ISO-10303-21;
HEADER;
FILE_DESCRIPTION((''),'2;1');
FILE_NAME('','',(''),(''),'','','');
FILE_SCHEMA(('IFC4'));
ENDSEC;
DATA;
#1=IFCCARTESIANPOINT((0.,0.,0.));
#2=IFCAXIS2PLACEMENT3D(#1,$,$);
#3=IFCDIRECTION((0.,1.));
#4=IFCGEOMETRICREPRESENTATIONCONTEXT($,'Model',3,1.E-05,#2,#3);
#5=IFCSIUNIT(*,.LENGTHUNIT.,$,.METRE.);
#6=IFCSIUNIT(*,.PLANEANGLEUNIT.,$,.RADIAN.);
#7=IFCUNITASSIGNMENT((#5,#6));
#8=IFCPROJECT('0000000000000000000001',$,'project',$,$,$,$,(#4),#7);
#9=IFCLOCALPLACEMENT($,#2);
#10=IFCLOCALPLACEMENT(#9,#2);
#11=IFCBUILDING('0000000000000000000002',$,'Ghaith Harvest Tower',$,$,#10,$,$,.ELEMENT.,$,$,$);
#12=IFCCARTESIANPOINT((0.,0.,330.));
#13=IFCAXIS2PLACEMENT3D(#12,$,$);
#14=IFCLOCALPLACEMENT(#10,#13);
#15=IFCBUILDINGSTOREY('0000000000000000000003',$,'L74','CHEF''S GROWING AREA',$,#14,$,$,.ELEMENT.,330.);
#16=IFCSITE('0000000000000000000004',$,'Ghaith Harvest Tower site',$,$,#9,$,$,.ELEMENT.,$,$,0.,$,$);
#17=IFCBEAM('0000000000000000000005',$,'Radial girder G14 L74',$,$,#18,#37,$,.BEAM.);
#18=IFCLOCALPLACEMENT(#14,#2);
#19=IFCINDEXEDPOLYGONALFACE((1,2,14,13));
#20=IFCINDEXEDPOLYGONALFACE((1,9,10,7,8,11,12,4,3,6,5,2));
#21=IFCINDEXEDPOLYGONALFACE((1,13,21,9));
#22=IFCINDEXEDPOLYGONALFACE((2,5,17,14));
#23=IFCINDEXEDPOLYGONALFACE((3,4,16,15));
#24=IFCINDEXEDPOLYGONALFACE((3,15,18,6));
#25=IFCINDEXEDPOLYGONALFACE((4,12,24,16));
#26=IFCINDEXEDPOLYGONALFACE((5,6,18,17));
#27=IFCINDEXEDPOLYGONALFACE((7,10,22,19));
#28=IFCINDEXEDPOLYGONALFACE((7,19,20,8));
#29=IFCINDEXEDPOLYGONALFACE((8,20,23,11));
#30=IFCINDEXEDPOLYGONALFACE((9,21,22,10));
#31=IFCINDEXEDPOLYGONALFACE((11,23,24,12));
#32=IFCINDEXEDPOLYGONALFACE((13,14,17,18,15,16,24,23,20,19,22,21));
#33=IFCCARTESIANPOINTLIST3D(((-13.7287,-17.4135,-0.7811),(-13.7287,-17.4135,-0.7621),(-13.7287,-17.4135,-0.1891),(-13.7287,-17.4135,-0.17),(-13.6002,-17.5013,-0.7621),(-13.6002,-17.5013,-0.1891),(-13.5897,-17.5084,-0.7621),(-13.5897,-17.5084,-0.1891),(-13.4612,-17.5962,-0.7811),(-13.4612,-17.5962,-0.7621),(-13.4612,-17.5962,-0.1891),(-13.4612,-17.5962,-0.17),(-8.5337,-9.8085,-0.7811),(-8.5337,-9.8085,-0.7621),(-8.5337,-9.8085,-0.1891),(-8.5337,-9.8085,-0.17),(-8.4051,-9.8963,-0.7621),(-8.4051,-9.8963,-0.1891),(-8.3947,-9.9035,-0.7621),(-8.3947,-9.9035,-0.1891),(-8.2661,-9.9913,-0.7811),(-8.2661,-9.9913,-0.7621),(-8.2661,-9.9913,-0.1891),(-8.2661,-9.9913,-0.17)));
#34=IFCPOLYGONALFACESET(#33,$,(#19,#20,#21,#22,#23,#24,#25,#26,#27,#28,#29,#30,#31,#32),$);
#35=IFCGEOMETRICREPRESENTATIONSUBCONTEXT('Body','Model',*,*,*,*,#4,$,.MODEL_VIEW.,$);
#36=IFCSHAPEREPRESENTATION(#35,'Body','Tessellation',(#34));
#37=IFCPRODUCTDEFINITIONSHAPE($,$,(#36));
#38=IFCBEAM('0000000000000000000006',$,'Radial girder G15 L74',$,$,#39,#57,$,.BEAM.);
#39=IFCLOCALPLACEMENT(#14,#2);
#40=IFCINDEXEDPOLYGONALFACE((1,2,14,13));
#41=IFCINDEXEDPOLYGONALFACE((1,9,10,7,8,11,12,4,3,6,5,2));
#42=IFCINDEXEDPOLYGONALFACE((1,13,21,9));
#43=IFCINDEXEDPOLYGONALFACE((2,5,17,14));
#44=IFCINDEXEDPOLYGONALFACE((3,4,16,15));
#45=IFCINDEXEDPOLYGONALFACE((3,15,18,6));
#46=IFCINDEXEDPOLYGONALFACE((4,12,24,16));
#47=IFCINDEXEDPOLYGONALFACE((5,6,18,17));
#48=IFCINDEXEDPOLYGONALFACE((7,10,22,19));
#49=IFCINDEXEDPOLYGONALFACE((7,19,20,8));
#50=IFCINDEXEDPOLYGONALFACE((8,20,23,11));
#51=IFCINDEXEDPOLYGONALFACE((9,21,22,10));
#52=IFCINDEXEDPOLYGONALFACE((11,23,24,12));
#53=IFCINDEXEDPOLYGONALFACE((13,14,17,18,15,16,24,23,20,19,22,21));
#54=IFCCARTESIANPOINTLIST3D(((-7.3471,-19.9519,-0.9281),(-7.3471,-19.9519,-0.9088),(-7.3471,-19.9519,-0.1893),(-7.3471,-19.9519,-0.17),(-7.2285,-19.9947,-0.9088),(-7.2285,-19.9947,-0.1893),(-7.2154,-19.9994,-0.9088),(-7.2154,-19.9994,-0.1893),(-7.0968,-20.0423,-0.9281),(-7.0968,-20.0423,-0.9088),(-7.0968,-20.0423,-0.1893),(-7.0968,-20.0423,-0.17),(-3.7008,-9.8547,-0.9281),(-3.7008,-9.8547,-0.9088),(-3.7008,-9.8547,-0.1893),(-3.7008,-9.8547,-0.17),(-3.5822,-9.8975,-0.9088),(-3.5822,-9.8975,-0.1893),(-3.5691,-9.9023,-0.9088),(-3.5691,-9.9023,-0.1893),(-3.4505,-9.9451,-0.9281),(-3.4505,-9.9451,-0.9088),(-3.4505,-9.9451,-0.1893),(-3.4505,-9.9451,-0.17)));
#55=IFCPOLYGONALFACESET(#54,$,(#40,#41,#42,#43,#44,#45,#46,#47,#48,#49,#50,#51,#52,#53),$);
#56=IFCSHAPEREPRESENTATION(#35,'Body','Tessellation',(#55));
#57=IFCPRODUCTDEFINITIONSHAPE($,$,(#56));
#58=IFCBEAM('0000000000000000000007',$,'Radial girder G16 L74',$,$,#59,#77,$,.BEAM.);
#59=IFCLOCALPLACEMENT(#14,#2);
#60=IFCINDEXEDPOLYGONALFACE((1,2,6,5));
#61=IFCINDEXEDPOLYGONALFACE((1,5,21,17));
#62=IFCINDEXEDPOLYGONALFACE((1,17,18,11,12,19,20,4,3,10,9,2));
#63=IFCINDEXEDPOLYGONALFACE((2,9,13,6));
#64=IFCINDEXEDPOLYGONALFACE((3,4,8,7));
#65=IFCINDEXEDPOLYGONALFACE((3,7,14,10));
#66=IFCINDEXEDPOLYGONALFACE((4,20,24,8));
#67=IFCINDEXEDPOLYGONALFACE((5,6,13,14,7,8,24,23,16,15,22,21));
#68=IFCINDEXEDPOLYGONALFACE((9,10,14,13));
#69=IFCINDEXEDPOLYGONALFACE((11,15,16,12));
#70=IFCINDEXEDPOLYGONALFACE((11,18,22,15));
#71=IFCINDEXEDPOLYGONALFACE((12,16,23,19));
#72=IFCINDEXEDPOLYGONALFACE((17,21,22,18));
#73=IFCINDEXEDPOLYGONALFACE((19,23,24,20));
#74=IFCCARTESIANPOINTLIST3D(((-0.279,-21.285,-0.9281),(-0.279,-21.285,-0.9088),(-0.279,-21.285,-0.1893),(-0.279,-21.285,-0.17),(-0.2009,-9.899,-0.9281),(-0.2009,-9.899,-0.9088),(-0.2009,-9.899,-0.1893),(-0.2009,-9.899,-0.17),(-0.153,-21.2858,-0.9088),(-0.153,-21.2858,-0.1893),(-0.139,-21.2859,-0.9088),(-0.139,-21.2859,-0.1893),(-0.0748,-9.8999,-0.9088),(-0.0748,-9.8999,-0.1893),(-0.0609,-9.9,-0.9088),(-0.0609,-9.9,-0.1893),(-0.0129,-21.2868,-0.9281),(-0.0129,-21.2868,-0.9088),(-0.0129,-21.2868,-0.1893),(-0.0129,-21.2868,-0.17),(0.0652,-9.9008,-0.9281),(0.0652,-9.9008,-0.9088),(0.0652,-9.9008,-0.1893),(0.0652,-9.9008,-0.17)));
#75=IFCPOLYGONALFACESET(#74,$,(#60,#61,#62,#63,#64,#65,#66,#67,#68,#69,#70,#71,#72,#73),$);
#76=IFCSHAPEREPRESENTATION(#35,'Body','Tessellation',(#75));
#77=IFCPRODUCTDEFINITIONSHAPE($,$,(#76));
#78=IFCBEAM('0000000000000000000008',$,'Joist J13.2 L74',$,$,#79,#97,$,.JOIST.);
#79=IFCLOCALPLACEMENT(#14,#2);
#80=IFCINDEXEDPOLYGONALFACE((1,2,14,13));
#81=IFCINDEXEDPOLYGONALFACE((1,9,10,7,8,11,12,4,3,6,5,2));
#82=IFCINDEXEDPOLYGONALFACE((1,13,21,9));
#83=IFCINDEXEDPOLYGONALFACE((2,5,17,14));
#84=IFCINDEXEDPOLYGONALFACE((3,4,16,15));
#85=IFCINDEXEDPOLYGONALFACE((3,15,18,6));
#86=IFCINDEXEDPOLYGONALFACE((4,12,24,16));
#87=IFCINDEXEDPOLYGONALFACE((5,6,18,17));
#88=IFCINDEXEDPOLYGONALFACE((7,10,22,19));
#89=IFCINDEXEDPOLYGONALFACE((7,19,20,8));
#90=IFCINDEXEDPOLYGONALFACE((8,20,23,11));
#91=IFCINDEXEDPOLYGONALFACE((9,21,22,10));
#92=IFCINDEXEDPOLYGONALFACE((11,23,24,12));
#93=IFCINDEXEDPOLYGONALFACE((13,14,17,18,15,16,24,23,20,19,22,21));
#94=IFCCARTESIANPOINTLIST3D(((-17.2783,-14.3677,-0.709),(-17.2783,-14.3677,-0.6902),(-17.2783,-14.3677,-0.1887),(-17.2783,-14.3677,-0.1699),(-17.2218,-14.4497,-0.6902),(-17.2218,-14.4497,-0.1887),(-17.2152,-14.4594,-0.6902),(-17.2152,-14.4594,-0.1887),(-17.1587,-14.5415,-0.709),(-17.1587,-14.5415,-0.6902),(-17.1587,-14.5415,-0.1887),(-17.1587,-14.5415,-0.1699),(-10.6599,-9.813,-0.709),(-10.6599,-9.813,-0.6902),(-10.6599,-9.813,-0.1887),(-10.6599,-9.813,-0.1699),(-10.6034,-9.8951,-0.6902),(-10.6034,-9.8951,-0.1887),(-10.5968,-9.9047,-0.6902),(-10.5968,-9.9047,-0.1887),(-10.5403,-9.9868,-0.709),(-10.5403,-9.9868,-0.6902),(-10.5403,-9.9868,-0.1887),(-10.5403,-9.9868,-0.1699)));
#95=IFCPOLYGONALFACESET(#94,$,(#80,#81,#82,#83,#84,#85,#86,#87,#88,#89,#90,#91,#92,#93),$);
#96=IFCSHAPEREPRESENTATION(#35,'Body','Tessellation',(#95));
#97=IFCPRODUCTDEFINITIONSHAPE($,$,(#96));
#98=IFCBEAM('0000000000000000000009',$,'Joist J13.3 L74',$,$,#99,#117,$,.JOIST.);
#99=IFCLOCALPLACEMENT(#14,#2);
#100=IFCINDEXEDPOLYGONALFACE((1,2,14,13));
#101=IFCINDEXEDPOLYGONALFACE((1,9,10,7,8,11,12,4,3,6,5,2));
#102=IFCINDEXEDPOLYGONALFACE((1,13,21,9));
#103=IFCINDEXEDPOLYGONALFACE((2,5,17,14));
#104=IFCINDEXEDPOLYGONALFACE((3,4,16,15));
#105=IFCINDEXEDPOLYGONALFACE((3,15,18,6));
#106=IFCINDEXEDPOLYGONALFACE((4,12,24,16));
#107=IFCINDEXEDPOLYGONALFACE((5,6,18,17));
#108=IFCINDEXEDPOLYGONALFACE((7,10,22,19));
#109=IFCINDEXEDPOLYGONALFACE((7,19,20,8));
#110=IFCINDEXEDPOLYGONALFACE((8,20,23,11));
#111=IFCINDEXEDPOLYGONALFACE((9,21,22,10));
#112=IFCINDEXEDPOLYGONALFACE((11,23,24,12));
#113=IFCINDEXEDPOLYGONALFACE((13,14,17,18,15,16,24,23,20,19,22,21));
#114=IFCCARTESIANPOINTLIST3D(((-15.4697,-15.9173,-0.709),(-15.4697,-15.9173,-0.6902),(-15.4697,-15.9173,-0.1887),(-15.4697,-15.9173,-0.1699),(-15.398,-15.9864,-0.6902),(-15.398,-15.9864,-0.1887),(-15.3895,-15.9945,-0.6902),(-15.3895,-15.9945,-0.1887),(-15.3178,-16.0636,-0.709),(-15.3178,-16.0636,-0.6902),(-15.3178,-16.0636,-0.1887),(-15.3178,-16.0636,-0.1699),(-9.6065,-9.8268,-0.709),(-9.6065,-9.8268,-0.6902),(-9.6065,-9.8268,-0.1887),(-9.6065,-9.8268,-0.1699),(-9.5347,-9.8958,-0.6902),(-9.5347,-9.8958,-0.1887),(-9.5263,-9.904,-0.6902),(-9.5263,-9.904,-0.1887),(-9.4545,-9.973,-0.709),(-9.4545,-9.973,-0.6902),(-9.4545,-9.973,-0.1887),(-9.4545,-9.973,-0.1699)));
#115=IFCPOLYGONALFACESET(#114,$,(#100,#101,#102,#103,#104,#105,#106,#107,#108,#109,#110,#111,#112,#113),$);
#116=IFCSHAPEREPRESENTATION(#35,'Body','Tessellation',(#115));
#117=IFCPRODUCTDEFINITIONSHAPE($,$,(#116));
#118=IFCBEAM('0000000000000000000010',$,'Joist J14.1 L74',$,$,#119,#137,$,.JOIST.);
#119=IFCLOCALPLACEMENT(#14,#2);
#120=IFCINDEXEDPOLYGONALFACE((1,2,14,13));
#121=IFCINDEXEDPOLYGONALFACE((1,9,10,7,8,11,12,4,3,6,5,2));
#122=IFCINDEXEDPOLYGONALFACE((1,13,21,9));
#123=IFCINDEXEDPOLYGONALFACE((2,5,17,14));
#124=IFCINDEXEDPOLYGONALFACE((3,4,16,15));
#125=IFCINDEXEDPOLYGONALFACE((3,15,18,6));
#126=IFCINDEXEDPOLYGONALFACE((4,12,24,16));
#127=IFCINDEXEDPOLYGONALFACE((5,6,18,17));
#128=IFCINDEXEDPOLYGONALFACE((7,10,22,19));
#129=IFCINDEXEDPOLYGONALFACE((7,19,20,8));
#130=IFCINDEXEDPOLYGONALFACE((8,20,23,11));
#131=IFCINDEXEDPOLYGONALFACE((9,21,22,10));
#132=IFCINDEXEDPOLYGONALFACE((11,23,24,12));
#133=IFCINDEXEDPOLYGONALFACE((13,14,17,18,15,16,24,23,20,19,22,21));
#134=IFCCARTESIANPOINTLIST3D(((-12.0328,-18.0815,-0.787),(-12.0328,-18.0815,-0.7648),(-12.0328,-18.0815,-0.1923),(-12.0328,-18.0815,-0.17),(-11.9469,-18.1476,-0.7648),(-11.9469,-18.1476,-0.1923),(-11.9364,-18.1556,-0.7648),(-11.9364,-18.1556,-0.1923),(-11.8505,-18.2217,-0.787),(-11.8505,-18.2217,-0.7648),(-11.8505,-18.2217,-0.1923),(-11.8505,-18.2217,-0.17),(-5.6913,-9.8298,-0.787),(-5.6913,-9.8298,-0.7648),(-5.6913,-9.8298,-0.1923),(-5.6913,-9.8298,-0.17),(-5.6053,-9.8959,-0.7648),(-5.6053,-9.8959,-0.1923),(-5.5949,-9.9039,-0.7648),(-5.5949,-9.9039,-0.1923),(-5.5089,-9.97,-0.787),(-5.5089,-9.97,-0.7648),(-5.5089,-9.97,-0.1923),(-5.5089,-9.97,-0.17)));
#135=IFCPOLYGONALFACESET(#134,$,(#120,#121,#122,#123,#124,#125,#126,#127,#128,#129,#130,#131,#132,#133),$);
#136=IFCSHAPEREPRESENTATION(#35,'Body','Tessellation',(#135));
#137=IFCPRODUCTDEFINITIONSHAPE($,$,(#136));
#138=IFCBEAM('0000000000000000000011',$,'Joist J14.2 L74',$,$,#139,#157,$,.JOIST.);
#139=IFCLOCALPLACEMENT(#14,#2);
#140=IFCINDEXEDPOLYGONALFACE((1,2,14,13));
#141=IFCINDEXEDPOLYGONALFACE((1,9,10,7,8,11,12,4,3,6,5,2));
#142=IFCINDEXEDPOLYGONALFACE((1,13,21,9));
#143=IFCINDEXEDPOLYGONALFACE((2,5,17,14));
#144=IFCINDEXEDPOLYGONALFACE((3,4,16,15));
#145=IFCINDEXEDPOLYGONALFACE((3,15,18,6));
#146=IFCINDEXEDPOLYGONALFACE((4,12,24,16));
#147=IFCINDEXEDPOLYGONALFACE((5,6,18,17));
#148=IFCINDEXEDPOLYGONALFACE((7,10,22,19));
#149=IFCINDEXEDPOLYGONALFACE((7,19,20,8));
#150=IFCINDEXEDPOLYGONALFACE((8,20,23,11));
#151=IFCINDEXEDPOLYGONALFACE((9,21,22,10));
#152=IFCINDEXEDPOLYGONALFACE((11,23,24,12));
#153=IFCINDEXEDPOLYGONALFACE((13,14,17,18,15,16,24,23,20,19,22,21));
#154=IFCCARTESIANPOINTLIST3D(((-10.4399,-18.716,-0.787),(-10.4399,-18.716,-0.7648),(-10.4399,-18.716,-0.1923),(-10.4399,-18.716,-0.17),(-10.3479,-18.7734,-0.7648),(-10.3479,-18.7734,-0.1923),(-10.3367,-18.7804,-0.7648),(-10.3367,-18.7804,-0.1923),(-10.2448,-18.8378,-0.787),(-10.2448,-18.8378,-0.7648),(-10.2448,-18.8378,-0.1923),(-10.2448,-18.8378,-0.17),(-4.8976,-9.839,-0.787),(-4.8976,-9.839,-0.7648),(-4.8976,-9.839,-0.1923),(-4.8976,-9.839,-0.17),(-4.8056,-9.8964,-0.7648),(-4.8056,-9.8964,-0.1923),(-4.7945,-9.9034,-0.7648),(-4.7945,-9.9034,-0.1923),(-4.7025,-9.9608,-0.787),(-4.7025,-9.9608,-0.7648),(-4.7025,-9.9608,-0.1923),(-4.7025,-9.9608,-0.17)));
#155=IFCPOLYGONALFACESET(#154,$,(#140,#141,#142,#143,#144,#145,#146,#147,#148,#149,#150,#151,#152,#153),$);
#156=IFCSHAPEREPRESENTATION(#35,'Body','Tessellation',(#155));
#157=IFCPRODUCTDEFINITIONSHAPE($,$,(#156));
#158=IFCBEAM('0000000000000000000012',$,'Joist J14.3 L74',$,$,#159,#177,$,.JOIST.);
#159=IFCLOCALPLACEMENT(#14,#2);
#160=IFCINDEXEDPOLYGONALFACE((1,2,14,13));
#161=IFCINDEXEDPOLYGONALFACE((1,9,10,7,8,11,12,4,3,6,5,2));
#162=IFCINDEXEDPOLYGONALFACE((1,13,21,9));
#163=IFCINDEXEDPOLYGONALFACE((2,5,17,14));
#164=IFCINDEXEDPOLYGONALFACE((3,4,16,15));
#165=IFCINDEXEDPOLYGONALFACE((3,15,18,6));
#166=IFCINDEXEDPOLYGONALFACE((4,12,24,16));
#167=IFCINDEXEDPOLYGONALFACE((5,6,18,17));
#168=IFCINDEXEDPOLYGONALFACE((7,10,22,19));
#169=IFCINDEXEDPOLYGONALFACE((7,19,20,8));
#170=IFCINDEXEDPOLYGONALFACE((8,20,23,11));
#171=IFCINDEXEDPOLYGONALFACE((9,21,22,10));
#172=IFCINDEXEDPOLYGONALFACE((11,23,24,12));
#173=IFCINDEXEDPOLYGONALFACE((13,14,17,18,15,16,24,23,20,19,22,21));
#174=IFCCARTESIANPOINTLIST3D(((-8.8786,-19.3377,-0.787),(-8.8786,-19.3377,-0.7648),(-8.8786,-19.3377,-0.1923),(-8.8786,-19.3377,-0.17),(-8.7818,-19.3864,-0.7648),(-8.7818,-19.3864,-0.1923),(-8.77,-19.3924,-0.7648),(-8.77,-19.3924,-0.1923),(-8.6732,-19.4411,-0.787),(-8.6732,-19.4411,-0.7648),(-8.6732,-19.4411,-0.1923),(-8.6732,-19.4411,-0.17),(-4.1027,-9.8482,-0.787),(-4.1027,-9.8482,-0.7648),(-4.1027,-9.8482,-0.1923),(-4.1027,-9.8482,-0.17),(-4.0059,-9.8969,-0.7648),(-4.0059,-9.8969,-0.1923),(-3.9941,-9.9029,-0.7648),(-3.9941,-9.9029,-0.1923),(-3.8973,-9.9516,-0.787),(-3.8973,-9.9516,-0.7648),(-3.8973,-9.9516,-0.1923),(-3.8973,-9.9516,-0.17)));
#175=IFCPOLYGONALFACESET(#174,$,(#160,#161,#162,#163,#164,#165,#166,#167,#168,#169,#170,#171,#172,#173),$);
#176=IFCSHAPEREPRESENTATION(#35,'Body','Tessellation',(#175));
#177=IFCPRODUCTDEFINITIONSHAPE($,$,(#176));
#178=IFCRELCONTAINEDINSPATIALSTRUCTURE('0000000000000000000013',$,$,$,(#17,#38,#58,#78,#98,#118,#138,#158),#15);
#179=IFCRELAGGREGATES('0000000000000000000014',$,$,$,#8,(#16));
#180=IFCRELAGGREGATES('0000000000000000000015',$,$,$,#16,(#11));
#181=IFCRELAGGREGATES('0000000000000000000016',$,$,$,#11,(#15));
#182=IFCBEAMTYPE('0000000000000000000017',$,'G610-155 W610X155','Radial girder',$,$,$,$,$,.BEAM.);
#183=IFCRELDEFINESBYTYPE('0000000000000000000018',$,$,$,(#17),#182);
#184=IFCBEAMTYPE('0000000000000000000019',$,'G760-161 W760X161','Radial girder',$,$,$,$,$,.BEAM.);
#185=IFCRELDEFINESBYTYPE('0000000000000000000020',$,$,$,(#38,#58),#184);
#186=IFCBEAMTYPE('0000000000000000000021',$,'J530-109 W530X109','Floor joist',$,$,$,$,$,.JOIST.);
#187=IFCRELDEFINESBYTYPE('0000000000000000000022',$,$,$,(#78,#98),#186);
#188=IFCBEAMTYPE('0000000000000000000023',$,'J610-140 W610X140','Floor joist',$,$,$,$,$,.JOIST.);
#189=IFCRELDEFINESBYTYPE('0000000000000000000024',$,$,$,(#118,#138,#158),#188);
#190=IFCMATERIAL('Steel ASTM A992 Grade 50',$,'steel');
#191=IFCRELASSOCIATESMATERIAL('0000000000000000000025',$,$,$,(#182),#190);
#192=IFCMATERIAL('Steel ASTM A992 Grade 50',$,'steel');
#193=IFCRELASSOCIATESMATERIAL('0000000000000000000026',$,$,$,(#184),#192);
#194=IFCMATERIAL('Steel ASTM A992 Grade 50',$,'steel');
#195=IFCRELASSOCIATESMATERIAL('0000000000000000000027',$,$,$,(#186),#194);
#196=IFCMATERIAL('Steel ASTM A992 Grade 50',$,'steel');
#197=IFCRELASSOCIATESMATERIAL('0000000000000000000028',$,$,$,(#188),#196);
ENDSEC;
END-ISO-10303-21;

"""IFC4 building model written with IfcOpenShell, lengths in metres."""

from ifc_helpers import new_model, si_unit, direction, frame, origin, origin_2d, place, context, subcontext, project, spatial, i_section, extrude, material, material_profile, profile_set, type_object, element, save


model = new_model("IFC4")

# Units and contexts
model_context = context("Model", 3, precision=1e-05, world=origin(), true_north=direction((0.0, 1.0)))
body_context = subcontext(model_context, "Body", "Model", "MODEL_VIEW")
ifc_project = project(units=[si_unit("LENGTHUNIT", "METRE"), si_unit("PLANEANGLEUNIT", "RADIAN")], contexts=[model_context])

# Site, building, storey
site_placement = place(None, origin())
site = spatial("IfcSite", under=ifc_project, at=site_placement, Name="Ghaith Harvest Tower site", CompositionType="ELEMENT", RefElevation=0.0)
building_placement = place(site_placement, origin())
building = spatial("IfcBuilding", under=site, at=building_placement, Name="Ghaith Harvest Tower", CompositionType="ELEMENT")
storey_placement = place(building_placement, frame((0.0, 0.0, 330.0)))
storey = spatial("IfcBuildingStorey", under=building, at=storey_placement, Name="L74", Description="CHEF'S GROWING AREA", CompositionType="ELEMENT", Elevation=330.0)

# Beams
ifc_material_1 = material(Name="Steel ASTM A992 Grade 50", Category="steel")
ifc_material_profile_1 = material_profile(ifc_material_1, i_section(OverallWidth=0.324, OverallDepth=0.6111, WebThickness=0.0127, FlangeThickness=0.019, at=origin_2d()), Name="W610X155")
ifc_profile_set_1 = profile_set([ifc_material_profile_1], Name="Steel ASTM A992 Grade 50")
beam_type_1 = type_object("IfcBeamType", Name="G610-155 W610X155", Description="Radial girder", PredefinedType="BEAM", material=ifc_profile_set_1)
beam_1_placement = place(storey_placement, frame((-8.3999, -9.8999, -0.4756), z_axis=(-0.564067, -0.825729, 0.0), x_axis=(0.825729, -0.564067, 0.0)))
element("IfcBeam", 1, at=beam_1_placement, inside=storey, type_object=beam_type_1, Name="Radial girder G14 L74", PredefinedType="BEAM", context=body_context, shape_type="SweptSolid", body=[
    extrude(i_section(OverallWidth=0.324, OverallDepth=0.6111, WebThickness=0.0127, FlangeThickness=0.019, at=origin_2d()), origin(), (0.0, 0.0, 1.0), 9.21),
])
ifc_material_2 = material(Name="Steel ASTM A992 Grade 50", Category="steel")
ifc_material_profile_2 = material_profile(ifc_material_2, i_section(OverallWidth=0.2661, OverallDepth=0.7581, WebThickness=0.0139, FlangeThickness=0.0193, at=origin_2d()), Name="W760X161")
ifc_profile_set_2 = profile_set([ifc_material_profile_2], Name="Steel ASTM A992 Grade 50")
beam_type_2 = type_object("IfcBeamType", Name="G760-161 W760X161", Description="Radial girder", PredefinedType="BEAM", material=ifc_profile_set_2)
beam_2_placement = place(storey_placement, frame((-3.5757, -9.8999, -0.5491), z_axis=(-0.339648, -0.940553, 0.0), x_axis=(0.940553, -0.339648, 0.0)))
element("IfcBeam", 2, at=beam_2_placement, inside=storey, type_object=beam_type_2, Name="Radial girder G15 L74", PredefinedType="BEAM", context=body_context, shape_type="SweptSolid", body=[
    extrude(i_section(OverallWidth=0.2661, OverallDepth=0.7581, WebThickness=0.0139, FlangeThickness=0.0193, at=origin_2d()), origin(), (0.0, 0.0, 1.0), 10.7354),
])
beam_3_placement = place(storey_placement, frame((-0.0679, -9.8999, -0.5491), z_axis=(-0.006861, -0.999976, 0.0), x_axis=(0.999976, -0.006861, 0.0)))
element("IfcBeam", 3, at=beam_3_placement, inside=storey, type_object=beam_type_2, Name="Radial girder G16 L74", PredefinedType="BEAM", context=body_context, shape_type="SweptSolid", body=[
    extrude(i_section(OverallWidth=0.2661, OverallDepth=0.7581, WebThickness=0.0139, FlangeThickness=0.0193, at=origin_2d()), origin(), (0.0, 0.0, 1.0), 11.3862),
])
ifc_material_3 = material(Name="Steel ASTM A992 Grade 50", Category="steel")
ifc_material_profile_3 = material_profile(ifc_material_3, i_section(OverallWidth=0.2109, OverallDepth=0.5391, WebThickness=0.0117, FlangeThickness=0.0188, at=origin_2d()), Name="W530X109")
ifc_profile_set_3 = profile_set([ifc_material_profile_3], Name="Steel ASTM A992 Grade 50")
beam_type_3 = type_object("IfcBeamType", Name="J530-109 W530X109", Description="Floor joist", PredefinedType="JOIST", material=ifc_profile_set_3)
beam_4_placement = place(storey_placement, frame((-10.6001, -9.8999, -0.4395), z_axis=(-0.823779, -0.566912, 0.0), x_axis=(0.566912, -0.823779, 0.0)))
element("IfcBeam", 4, at=beam_4_placement, inside=storey, type_object=beam_type_3, Name="Joist J13.2 L74", PredefinedType="JOIST", context=body_context, shape_type="SweptSolid", body=[
    extrude(i_section(OverallWidth=0.2109, OverallDepth=0.5391, WebThickness=0.0117, FlangeThickness=0.0188, at=origin_2d()), origin(), (0.0, 0.0, 1.0), 8.0342),
])
beam_5_placement = place(storey_placement, frame((-9.5305, -9.8999, -0.4395), z_axis=(-0.693536, -0.720422, 0.0), x_axis=(0.720422, -0.693536, 0.0)))
element("IfcBeam", 5, at=beam_5_placement, inside=storey, type_object=beam_type_3, Name="Joist J13.3 L74", PredefinedType="JOIST", context=body_context, shape_type="SweptSolid", body=[
    extrude(i_section(OverallWidth=0.2109, OverallDepth=0.5391, WebThickness=0.0117, FlangeThickness=0.0188, at=origin_2d()), origin(), (0.0, 0.0, 1.0), 8.4541),
])
ifc_material_4 = material(Name="Steel ASTM A992 Grade 50", Category="steel")
ifc_material_profile_4 = material_profile(ifc_material_4, i_section(OverallWidth=0.23, OverallDepth=0.6169, WebThickness=0.0132, FlangeThickness=0.0222, at=origin_2d()), Name="W610X140")
ifc_profile_set_4 = profile_set([ifc_material_profile_4], Name="Steel ASTM A992 Grade 50")
beam_type_4 = type_object("IfcBeamType", Name="J610-140 W610X140", Description="Floor joist", PredefinedType="JOIST", material=ifc_profile_set_4)
beam_6_placement = place(storey_placement, frame((-5.6001, -9.8999, -0.4785), z_axis=(-0.609354, -0.792899, 0.0), x_axis=(0.792899, -0.609354, 0.0)))
element("IfcBeam", 6, at=beam_6_placement, inside=storey, type_object=beam_type_4, Name="Joist J14.1 L74", PredefinedType="JOIST", context=body_context, shape_type="SweptSolid", body=[
    extrude(i_section(OverallWidth=0.23, OverallDepth=0.6169, WebThickness=0.0132, FlangeThickness=0.0222, at=origin_2d()), origin(), (0.0, 0.0, 1.0), 10.407),
])
beam_7_placement = place(storey_placement, frame((-4.8, -9.8999, -0.4785), z_axis=(-0.529596, -0.84825, 0.0), x_axis=(0.84825, -0.529596, 0.0)))
element("IfcBeam", 7, at=beam_7_placement, inside=storey, type_object=beam_type_4, Name="Joist J14.2 L74", PredefinedType="JOIST", context=body_context, shape_type="SweptSolid", body=[
    extrude(i_section(OverallWidth=0.23, OverallDepth=0.6169, WebThickness=0.0132, FlangeThickness=0.0222, at=origin_2d()), origin(), (0.0, 0.0, 1.0), 10.4651),
])
beam_8_placement = place(storey_placement, frame((-4.0, -9.8999, -0.4785), z_axis=(-0.449556, -0.893252, 0.0), x_axis=(0.893252, -0.449556, 0.0)))
element("IfcBeam", 8, at=beam_8_placement, inside=storey, type_object=beam_type_4, Name="Joist J14.3 L74", PredefinedType="JOIST", context=body_context, shape_type="SweptSolid", body=[
    extrude(i_section(OverallWidth=0.23, OverallDepth=0.6169, WebThickness=0.0132, FlangeThickness=0.0222, at=origin_2d()), origin(), (0.0, 0.0, 1.0), 10.6235),
])

save(model, "model.ifc")
